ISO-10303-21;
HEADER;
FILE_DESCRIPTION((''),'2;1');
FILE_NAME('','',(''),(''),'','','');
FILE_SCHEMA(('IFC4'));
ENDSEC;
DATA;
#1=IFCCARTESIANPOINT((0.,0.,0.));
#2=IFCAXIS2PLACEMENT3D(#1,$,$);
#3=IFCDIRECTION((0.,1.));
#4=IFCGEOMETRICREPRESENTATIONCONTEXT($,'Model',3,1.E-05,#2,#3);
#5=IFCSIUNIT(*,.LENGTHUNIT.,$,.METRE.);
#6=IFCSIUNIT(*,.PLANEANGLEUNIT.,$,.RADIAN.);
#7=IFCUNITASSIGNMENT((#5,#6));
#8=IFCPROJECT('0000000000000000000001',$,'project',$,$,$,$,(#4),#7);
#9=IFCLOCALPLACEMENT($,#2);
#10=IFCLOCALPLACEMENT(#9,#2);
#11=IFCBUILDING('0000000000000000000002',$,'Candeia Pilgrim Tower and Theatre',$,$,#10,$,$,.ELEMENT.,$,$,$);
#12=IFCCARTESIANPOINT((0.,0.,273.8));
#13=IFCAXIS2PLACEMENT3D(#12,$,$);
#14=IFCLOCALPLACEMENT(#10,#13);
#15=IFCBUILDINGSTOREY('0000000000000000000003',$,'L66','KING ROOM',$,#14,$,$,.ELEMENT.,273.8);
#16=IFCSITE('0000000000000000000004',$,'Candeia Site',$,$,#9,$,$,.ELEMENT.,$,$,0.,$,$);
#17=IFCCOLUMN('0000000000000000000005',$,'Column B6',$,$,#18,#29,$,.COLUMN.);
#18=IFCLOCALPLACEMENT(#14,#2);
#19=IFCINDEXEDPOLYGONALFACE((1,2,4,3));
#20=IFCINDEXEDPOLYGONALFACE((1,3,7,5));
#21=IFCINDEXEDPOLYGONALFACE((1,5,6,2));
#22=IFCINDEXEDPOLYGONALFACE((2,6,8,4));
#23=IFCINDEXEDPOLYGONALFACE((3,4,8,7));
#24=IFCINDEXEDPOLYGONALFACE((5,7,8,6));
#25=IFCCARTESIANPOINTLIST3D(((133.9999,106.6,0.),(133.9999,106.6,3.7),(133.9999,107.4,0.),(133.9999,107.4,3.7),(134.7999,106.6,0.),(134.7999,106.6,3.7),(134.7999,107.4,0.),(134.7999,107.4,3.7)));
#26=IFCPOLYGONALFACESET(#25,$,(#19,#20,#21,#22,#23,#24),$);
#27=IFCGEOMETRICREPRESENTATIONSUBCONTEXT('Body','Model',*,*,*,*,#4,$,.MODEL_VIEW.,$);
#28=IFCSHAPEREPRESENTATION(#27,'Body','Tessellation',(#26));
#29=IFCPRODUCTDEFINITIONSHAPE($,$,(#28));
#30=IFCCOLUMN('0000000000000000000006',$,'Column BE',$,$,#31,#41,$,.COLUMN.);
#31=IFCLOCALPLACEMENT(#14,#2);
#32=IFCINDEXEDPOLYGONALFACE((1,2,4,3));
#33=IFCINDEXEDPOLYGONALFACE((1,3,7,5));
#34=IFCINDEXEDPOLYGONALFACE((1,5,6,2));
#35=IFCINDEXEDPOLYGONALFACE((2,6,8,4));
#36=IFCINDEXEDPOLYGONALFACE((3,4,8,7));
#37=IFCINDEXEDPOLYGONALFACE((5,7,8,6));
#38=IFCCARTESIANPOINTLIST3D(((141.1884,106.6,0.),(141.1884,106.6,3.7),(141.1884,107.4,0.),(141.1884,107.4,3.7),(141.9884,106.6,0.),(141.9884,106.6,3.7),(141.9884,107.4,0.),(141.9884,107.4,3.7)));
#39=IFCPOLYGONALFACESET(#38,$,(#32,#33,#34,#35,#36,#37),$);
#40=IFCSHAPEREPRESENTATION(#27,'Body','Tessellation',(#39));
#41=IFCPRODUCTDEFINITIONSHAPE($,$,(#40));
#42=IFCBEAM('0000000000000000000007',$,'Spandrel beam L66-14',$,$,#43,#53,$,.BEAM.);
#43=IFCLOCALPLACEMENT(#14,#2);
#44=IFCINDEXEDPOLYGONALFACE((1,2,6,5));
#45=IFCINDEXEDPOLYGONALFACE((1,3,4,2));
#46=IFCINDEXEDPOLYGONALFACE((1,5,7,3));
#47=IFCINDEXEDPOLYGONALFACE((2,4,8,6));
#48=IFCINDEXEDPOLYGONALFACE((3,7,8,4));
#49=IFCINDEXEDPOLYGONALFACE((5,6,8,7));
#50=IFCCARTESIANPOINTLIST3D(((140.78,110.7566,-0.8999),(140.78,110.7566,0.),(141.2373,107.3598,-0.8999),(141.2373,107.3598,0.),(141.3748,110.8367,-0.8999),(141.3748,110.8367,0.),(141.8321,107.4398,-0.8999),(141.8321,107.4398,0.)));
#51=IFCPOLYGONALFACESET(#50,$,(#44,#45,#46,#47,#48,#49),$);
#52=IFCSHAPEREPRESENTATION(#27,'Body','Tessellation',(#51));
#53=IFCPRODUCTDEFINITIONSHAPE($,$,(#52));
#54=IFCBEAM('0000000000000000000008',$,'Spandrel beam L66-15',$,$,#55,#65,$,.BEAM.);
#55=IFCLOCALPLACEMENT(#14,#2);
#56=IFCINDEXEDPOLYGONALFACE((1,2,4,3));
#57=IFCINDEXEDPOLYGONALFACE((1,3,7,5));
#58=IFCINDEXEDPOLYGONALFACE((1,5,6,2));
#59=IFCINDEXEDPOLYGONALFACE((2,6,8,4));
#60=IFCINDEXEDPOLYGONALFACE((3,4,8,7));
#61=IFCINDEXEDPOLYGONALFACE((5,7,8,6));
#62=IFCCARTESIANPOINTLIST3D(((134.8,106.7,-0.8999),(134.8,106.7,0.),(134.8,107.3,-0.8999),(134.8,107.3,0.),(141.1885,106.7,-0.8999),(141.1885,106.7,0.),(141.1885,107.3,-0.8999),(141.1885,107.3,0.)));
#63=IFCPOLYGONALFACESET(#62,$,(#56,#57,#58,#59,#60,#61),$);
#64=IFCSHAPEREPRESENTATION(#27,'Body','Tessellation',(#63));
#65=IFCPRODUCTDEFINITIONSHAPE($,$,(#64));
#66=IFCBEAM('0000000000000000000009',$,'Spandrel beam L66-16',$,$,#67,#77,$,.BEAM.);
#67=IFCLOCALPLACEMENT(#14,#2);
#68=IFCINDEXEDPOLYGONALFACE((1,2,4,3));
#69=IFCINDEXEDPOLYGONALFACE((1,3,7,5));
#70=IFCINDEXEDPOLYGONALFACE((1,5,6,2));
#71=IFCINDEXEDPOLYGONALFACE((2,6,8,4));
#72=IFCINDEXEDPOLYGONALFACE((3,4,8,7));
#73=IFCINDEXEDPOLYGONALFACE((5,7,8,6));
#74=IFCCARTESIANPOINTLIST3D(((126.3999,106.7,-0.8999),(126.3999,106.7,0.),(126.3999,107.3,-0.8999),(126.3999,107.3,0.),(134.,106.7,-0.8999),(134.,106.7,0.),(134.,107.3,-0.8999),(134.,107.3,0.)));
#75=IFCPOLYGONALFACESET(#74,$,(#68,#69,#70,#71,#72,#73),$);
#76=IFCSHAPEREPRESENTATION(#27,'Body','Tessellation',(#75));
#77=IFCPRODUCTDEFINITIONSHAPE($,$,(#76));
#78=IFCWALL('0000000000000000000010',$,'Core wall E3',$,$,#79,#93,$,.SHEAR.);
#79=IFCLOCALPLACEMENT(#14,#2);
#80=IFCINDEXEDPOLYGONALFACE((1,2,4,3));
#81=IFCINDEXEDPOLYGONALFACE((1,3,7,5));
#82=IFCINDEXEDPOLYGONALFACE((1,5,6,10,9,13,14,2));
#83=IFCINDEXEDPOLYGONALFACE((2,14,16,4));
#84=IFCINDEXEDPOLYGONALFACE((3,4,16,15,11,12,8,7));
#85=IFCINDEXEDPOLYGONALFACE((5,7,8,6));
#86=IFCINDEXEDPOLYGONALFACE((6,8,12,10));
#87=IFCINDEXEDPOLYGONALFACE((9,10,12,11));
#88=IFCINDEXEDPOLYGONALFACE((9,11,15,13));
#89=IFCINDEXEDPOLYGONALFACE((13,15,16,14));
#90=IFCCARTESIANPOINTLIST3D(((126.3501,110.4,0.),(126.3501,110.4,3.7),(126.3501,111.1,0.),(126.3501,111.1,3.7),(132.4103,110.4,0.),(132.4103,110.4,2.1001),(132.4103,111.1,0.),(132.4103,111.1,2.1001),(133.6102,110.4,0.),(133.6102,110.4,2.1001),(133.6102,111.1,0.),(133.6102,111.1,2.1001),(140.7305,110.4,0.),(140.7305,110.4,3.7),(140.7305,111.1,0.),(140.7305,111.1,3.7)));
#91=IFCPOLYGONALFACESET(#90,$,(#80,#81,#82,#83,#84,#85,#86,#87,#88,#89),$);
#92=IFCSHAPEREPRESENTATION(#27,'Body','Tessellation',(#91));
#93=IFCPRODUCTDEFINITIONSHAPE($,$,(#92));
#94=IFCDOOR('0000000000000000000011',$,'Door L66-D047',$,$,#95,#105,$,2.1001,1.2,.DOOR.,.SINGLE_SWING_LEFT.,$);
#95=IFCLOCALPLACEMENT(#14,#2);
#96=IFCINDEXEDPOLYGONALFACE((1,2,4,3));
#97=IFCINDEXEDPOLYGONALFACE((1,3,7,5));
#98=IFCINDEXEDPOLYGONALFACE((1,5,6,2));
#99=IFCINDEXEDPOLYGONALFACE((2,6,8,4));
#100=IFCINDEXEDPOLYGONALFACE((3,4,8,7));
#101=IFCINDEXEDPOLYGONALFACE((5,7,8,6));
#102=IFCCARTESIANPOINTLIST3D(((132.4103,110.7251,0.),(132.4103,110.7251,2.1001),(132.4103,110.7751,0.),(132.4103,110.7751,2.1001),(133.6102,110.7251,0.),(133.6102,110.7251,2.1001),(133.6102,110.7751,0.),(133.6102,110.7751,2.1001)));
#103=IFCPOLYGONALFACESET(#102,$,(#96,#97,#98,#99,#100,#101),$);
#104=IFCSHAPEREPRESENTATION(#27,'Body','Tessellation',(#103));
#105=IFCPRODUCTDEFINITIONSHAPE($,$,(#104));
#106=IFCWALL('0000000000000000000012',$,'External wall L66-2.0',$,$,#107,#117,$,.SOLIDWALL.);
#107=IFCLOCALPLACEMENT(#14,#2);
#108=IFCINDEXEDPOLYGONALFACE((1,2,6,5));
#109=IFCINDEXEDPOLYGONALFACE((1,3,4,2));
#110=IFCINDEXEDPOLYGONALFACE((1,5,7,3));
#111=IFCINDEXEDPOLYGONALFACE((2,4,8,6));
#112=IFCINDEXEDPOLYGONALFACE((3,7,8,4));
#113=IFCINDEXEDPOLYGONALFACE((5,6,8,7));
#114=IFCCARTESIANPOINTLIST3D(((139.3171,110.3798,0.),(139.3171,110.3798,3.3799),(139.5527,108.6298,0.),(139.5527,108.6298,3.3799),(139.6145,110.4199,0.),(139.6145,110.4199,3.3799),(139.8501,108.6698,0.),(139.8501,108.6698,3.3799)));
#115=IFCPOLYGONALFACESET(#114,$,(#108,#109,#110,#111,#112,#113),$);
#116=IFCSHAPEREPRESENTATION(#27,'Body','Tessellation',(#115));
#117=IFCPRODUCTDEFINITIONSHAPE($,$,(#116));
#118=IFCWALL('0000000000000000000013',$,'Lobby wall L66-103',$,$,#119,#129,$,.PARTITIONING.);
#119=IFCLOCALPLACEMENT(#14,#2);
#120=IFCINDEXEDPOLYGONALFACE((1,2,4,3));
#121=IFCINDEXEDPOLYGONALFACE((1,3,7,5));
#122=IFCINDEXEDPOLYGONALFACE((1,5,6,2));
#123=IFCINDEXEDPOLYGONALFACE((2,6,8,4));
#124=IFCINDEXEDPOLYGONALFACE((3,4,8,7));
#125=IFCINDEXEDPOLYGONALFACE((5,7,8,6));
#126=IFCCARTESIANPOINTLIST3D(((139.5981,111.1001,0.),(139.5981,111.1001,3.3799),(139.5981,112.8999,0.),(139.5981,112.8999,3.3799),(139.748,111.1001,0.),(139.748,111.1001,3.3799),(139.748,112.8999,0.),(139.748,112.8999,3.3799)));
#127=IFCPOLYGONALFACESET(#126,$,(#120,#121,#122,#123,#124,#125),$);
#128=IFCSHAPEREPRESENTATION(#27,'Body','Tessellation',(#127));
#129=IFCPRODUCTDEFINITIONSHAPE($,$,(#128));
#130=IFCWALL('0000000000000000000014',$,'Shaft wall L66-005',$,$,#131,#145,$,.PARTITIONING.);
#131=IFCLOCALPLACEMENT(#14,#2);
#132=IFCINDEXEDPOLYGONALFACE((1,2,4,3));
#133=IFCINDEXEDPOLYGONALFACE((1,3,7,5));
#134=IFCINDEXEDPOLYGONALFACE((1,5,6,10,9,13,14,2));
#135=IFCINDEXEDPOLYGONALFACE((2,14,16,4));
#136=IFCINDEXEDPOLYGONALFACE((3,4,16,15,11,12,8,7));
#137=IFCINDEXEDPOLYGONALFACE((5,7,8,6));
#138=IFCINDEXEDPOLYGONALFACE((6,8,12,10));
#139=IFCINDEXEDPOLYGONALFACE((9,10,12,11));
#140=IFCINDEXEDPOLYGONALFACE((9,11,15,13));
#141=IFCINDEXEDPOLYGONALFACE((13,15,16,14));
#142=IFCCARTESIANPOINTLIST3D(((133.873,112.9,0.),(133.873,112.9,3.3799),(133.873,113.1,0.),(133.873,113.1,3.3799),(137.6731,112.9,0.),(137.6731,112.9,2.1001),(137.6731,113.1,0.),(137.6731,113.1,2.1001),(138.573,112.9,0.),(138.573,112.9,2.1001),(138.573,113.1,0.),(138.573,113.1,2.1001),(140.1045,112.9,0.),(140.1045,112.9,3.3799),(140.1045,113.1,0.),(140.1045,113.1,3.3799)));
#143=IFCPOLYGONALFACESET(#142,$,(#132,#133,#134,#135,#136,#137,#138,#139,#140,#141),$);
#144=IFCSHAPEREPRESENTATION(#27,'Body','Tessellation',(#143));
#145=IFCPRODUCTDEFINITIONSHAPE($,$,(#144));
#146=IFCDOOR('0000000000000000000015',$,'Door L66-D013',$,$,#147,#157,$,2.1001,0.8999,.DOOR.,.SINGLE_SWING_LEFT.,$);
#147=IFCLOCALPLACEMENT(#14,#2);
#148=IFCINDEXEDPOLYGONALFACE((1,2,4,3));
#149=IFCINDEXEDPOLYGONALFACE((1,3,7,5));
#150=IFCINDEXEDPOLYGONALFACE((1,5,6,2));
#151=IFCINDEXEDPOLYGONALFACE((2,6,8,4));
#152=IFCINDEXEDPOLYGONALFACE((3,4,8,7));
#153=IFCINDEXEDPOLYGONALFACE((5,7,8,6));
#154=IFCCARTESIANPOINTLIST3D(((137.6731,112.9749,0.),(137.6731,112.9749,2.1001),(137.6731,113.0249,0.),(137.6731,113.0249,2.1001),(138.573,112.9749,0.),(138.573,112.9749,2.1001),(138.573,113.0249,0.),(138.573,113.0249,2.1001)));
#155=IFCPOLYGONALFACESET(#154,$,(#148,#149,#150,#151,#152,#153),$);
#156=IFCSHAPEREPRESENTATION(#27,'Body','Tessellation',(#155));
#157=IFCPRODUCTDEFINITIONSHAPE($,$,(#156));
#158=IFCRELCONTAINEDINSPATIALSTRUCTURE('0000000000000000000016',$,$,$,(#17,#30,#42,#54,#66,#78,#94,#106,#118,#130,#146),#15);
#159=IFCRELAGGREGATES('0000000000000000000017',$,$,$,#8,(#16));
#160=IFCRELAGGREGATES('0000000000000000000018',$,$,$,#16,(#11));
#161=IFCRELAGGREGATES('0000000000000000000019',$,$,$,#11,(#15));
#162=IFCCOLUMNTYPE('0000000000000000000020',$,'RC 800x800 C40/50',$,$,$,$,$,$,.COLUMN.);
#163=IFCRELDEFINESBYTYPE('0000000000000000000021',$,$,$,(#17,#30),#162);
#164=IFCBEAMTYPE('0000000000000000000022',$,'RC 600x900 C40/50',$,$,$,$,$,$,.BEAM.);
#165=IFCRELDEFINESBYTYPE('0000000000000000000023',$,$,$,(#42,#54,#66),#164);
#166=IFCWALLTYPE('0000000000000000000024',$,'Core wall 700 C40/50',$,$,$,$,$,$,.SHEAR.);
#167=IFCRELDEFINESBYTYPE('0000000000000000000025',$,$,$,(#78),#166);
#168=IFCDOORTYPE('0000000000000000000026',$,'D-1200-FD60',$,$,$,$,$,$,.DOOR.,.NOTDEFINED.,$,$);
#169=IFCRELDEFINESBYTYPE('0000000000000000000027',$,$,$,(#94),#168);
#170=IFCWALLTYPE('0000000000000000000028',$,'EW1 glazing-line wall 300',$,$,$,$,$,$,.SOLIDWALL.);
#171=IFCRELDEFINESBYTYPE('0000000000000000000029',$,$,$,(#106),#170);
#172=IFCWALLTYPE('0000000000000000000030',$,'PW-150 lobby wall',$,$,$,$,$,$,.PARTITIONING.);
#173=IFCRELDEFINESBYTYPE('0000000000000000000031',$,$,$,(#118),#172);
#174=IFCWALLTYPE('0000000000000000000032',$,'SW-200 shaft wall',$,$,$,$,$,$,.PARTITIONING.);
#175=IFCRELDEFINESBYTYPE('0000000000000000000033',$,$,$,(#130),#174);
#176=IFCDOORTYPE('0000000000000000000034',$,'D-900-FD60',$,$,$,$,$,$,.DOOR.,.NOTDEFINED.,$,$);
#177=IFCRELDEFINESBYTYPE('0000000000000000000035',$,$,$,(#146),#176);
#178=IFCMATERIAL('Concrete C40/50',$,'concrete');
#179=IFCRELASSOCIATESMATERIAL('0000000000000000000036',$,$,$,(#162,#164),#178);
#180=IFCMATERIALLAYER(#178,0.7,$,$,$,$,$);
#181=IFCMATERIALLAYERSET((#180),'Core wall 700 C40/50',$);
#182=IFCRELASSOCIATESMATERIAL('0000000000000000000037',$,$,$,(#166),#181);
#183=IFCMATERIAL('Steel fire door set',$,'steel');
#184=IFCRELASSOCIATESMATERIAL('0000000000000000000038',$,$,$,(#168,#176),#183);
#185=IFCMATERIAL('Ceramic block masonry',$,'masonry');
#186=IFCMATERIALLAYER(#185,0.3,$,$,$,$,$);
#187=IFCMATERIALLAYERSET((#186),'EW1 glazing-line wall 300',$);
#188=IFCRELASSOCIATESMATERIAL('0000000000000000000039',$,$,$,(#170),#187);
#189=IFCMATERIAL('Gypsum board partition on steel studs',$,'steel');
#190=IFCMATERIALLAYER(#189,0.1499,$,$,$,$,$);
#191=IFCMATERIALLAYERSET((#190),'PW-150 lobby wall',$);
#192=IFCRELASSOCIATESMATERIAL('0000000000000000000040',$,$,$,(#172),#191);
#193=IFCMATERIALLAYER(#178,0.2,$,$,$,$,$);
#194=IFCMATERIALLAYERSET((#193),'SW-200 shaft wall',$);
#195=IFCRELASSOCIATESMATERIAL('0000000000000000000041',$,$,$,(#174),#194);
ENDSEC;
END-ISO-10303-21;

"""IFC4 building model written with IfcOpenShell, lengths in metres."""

from ifc_helpers import new_model, si_unit, direction, frame, frame_2d, origin, origin_2d, place, context, subcontext, project, spatial, rectangle, extrude, material, layer, layer_set, material_profile, profile_set, type_object, element, fill, save


model = new_model("IFC4")

# Units and contexts
model_context = context("Model", 3, precision=1e-05, world=origin(), true_north=direction((0.0, 1.0)))
body_context = subcontext(model_context, "Body", "Model", "MODEL_VIEW")
ifc_project = project(units=[si_unit("LENGTHUNIT", "METRE"), si_unit("PLANEANGLEUNIT", "RADIAN")], contexts=[model_context])

# Site, building, storey
site_placement = place(None, origin())
site = spatial("IfcSite", under=ifc_project, at=site_placement, Name="Candeia Site", CompositionType="ELEMENT", RefElevation=0.0)
building_placement = place(site_placement, origin())
building = spatial("IfcBuilding", under=site, at=building_placement, Name="Candeia Pilgrim Tower and Theatre", CompositionType="ELEMENT")
storey_placement = place(building_placement, frame((0.0, 0.0, 273.8)))
storey = spatial("IfcBuildingStorey", under=building, at=storey_placement, Name="L66", Description="KING ROOM", CompositionType="ELEMENT", Elevation=273.8)

# Columns
ifc_material_1 = material(Name="Concrete C40/50", Category="concrete")
ifc_material_profile_1 = material_profile(ifc_material_1, rectangle(XDim=0.8, YDim=0.8, at=origin_2d()))
ifc_profile_set_1 = profile_set([ifc_material_profile_1], Name="Concrete C40/50")
column_type = type_object("IfcColumnType", Name="RC 800x800 C40/50", PredefinedType="COLUMN", material=ifc_profile_set_1)
for number, where, z_axis, x_axis, name in (
    (1, (134.3999, 107.0, 0.0), (0.0, 0.0, 1.0), (1.0, 0.0, 0.0), "Column B6"),
    (2, (141.5884, 107.0, 0.0), (0.0, 0.0, 1.0), (1.0, 0.0, 0.0), "Column BE"),
):
    element("IfcColumn", number, at=place(storey_placement, frame(where, z_axis=z_axis, x_axis=x_axis)), inside=storey, type_object=column_type, Name=name, PredefinedType="COLUMN", context=body_context, shape_type="SweptSolid", body=[
        extrude(rectangle(XDim=0.8, YDim=0.8, at=origin_2d()), origin(), (0.0, 0.0, 1.0), 3.7),
    ])

# Beams
ifc_material_profile_2 = material_profile(ifc_material_1, rectangle(XDim=0.6001, YDim=0.8999, at=origin_2d()))
ifc_profile_set_2 = profile_set([ifc_material_profile_2], Name="Concrete C40/50")
beam_type = type_object("IfcBeamType", Name="RC 600x900 C40/50", PredefinedType="BEAM", material=ifc_profile_set_2)
beam_1_placement = place(storey_placement, frame((141.0774, 110.7966, -0.45), z_axis=(0.133419, -0.99106, 0.0), x_axis=(0.99106, 0.133419, 0.0)))
element("IfcBeam", 3, at=beam_1_placement, inside=storey, type_object=beam_type, Name="Spandrel beam L66-14", PredefinedType="BEAM", context=body_context, shape_type="SweptSolid", body=[
    extrude(rectangle(XDim=0.6001, YDim=0.8999, at=origin_2d()), origin(), (0.0, 0.0, 1.0), 3.4275),
])
beam_2_placement = place(storey_placement, frame((141.1885, 107.0, -0.45), z_axis=(-1.0, 0.0, 0.0), x_axis=(0.0, -1.0, 0.0)))
element("IfcBeam", 4, at=beam_2_placement, inside=storey, type_object=beam_type, Name="Spandrel beam L66-15", PredefinedType="BEAM", context=body_context, shape_type="SweptSolid", body=[
    extrude(rectangle(XDim=0.6001, YDim=0.8999, at=origin_2d()), origin(), (0.0, 0.0, 1.0), 6.3884),
])
beam_3_placement = place(storey_placement, frame((134.0, 107.0, -0.45), z_axis=(-1.0, 0.0, 0.0), x_axis=(0.0, -1.0, 0.0)))
element("IfcBeam", 5, at=beam_3_placement, inside=storey, type_object=beam_type, Name="Spandrel beam L66-16", PredefinedType="BEAM", context=body_context, shape_type="SweptSolid", body=[
    extrude(rectangle(XDim=0.6001, YDim=0.8999, at=origin_2d()), origin(), (0.0, 0.0, 1.0), 7.6001),
])

# Wall, opening, door
ifc_layer_1 = layer(ifc_material_1, 0.7)
ifc_layer_set_1 = layer_set([ifc_layer_1], Name="Core wall 700 C40/50")
wall_type_1 = type_object("IfcWallType", Name="Core wall 700 C40/50", PredefinedType="SHEAR", material=ifc_layer_set_1)
wall_1_placement = place(storey_placement, frame((140.7305, 110.75, 0.0), z_axis=(0.0, 0.0, 1.0), x_axis=(-1.0, 0.0, 0.0)))
wall_1 = element("IfcWall", 6, at=wall_1_placement, inside=storey, type_object=wall_type_1, Name="Core wall E3", PredefinedType="SHEAR", context=body_context, shape_type="SweptSolid", body=[
    extrude(rectangle(XDim=14.3804, YDim=0.7, at=frame_2d((7.1902, 0.0))), origin(), (0.0, 0.0, 1.0), 3.7),
])
opening_1_placement = place(wall_1_placement, frame((7.1201, 0.0, 0.0)))
opening_1 = element("IfcOpeningElement", 7, at=opening_1_placement, cuts=wall_1, PredefinedType="OPENING", context=body_context, shape_type="SweptSolid", body=[
    extrude(rectangle(XDim=1.2, YDim=2.1001, at=frame_2d((0.6001, 1.05))), frame((0.0, 0.3599, 0.0), z_axis=(0.0, -1.0, 0.0), x_axis=(1.0, 0.0, 0.0)), (0.0, 0.0, 1.0), 0.72),
])
ifc_material_2 = material(Name="Steel fire door set", Category="steel")
door_type_1 = type_object("IfcDoorType", Name="D-1200-FD60", OperationType="NOTDEFINED", PredefinedType="DOOR", material=ifc_material_2)
door_1_placement = place(opening_1_placement, origin())
door_1 = element("IfcDoor", 8, at=door_1_placement, inside=storey, type_object=door_type_1, Name="Door L66-D047", OperationType="SINGLE_SWING_LEFT", OverallHeight=2.1001, OverallWidth=1.2, PredefinedType="DOOR", context=body_context, shape_type="SweptSolid", body=[
    extrude(rectangle(XDim=1.2, YDim=2.1001, at=frame_2d((0.6001, 1.05))), frame((0.0, 0.0249, 0.0), z_axis=(0.0, -1.0, 0.0), x_axis=(1.0, 0.0, 0.0)), (0.0, 0.0, 1.0), 0.05),
])
fill(opening_1, door_1)

# Walls
ifc_material_3 = material(Name="Ceramic block masonry", Category="masonry")
ifc_layer_2 = layer(ifc_material_3, 0.3)
ifc_layer_set_2 = layer_set([ifc_layer_2], Name="EW1 glazing-line wall 300")
wall_type_2 = type_object("IfcWallType", Name="EW1 glazing-line wall 300", PredefinedType="SOLIDWALL", material=ifc_layer_set_2)
wall_2_placement = place(storey_placement, frame((139.7014, 108.6499, 0.0), z_axis=(0.0, 0.0, 1.0), x_axis=(-0.133422, 0.991059, 0.0)))
element("IfcWall", 9, at=wall_2_placement, inside=storey, type_object=wall_type_2, Name="External wall L66-2.0", PredefinedType="SOLIDWALL", context=body_context, shape_type="SweptSolid", body=[
    extrude(rectangle(XDim=1.7659, YDim=0.3, at=frame_2d((0.8828, 0.0))), origin(), (0.0, 0.0, 1.0), 3.3799),
])
ifc_material_4 = material(Name="Gypsum board partition on steel studs", Category="steel")
ifc_layer_3 = layer(ifc_material_4, 0.1499)
ifc_layer_set_3 = layer_set([ifc_layer_3], Name="PW-150 lobby wall")
wall_type_3 = type_object("IfcWallType", Name="PW-150 lobby wall", PredefinedType="PARTITIONING", material=ifc_layer_set_3)
wall_3_placement = place(storey_placement, frame((139.6731, 111.1001, 0.0), z_axis=(0.0, 0.0, 1.0), x_axis=(0.0, 1.0, 0.0)))
element("IfcWall", 10, at=wall_3_placement, inside=storey, type_object=wall_type_3, Name="Lobby wall L66-103", PredefinedType="PARTITIONING", context=body_context, shape_type="SweptSolid", body=[
    extrude(rectangle(XDim=1.7998, YDim=0.1499, at=frame_2d((0.8999, 0.0))), origin(), (0.0, 0.0, 1.0), 3.3799),
])

# Wall, opening, door
ifc_layer_4 = layer(ifc_material_1, 0.2)
ifc_layer_set_4 = layer_set([ifc_layer_4], Name="SW-200 shaft wall")
wall_type_4 = type_object("IfcWallType", Name="SW-200 shaft wall", PredefinedType="PARTITIONING", material=ifc_layer_set_4)
wall_4_placement = place(storey_placement, frame((133.873, 113.0, 0.0), z_axis=(0.0, 0.0, 1.0), x_axis=(1.0, 0.0, 0.0)))
wall_4 = element("IfcWall", 11, at=wall_4_placement, inside=storey, type_object=wall_type_4, Name="Shaft wall L66-005", PredefinedType="PARTITIONING", context=body_context, shape_type="SweptSolid", body=[
    extrude(rectangle(XDim=6.2314, YDim=0.2, at=frame_2d((3.1157, 0.0))), origin(), (0.0, 0.0, 1.0), 3.3799),
])
opening_2_placement = place(wall_4_placement, frame((3.8, 0.0, 0.0)))
opening_2 = element("IfcOpeningElement", 12, at=opening_2_placement, cuts=wall_4, PredefinedType="OPENING", context=body_context, shape_type="SweptSolid", body=[
    extrude(rectangle(XDim=0.8999, YDim=2.1001, at=frame_2d((0.45, 1.05))), frame((0.0, 0.1099, 0.0), z_axis=(0.0, -1.0, 0.0), x_axis=(1.0, 0.0, 0.0)), (0.0, 0.0, 1.0), 0.22),
])
door_type_2 = type_object("IfcDoorType", Name="D-900-FD60", OperationType="NOTDEFINED", PredefinedType="DOOR", material=ifc_material_2)
door_2_placement = place(opening_2_placement, origin())
door_2 = element("IfcDoor", 13, at=door_2_placement, inside=storey, type_object=door_type_2, Name="Door L66-D013", OperationType="SINGLE_SWING_LEFT", OverallHeight=2.1001, OverallWidth=0.8999, PredefinedType="DOOR", context=body_context, shape_type="SweptSolid", body=[
    extrude(rectangle(XDim=0.8999, YDim=2.1001, at=frame_2d((0.45, 1.05))), frame((0.0, 0.0249, 0.0), z_axis=(0.0, -1.0, 0.0), x_axis=(1.0, 0.0, 0.0)), (0.0, 0.0, 1.0), 0.05),
])
fill(opening_2, door_2)

save(model, "model.ifc")
